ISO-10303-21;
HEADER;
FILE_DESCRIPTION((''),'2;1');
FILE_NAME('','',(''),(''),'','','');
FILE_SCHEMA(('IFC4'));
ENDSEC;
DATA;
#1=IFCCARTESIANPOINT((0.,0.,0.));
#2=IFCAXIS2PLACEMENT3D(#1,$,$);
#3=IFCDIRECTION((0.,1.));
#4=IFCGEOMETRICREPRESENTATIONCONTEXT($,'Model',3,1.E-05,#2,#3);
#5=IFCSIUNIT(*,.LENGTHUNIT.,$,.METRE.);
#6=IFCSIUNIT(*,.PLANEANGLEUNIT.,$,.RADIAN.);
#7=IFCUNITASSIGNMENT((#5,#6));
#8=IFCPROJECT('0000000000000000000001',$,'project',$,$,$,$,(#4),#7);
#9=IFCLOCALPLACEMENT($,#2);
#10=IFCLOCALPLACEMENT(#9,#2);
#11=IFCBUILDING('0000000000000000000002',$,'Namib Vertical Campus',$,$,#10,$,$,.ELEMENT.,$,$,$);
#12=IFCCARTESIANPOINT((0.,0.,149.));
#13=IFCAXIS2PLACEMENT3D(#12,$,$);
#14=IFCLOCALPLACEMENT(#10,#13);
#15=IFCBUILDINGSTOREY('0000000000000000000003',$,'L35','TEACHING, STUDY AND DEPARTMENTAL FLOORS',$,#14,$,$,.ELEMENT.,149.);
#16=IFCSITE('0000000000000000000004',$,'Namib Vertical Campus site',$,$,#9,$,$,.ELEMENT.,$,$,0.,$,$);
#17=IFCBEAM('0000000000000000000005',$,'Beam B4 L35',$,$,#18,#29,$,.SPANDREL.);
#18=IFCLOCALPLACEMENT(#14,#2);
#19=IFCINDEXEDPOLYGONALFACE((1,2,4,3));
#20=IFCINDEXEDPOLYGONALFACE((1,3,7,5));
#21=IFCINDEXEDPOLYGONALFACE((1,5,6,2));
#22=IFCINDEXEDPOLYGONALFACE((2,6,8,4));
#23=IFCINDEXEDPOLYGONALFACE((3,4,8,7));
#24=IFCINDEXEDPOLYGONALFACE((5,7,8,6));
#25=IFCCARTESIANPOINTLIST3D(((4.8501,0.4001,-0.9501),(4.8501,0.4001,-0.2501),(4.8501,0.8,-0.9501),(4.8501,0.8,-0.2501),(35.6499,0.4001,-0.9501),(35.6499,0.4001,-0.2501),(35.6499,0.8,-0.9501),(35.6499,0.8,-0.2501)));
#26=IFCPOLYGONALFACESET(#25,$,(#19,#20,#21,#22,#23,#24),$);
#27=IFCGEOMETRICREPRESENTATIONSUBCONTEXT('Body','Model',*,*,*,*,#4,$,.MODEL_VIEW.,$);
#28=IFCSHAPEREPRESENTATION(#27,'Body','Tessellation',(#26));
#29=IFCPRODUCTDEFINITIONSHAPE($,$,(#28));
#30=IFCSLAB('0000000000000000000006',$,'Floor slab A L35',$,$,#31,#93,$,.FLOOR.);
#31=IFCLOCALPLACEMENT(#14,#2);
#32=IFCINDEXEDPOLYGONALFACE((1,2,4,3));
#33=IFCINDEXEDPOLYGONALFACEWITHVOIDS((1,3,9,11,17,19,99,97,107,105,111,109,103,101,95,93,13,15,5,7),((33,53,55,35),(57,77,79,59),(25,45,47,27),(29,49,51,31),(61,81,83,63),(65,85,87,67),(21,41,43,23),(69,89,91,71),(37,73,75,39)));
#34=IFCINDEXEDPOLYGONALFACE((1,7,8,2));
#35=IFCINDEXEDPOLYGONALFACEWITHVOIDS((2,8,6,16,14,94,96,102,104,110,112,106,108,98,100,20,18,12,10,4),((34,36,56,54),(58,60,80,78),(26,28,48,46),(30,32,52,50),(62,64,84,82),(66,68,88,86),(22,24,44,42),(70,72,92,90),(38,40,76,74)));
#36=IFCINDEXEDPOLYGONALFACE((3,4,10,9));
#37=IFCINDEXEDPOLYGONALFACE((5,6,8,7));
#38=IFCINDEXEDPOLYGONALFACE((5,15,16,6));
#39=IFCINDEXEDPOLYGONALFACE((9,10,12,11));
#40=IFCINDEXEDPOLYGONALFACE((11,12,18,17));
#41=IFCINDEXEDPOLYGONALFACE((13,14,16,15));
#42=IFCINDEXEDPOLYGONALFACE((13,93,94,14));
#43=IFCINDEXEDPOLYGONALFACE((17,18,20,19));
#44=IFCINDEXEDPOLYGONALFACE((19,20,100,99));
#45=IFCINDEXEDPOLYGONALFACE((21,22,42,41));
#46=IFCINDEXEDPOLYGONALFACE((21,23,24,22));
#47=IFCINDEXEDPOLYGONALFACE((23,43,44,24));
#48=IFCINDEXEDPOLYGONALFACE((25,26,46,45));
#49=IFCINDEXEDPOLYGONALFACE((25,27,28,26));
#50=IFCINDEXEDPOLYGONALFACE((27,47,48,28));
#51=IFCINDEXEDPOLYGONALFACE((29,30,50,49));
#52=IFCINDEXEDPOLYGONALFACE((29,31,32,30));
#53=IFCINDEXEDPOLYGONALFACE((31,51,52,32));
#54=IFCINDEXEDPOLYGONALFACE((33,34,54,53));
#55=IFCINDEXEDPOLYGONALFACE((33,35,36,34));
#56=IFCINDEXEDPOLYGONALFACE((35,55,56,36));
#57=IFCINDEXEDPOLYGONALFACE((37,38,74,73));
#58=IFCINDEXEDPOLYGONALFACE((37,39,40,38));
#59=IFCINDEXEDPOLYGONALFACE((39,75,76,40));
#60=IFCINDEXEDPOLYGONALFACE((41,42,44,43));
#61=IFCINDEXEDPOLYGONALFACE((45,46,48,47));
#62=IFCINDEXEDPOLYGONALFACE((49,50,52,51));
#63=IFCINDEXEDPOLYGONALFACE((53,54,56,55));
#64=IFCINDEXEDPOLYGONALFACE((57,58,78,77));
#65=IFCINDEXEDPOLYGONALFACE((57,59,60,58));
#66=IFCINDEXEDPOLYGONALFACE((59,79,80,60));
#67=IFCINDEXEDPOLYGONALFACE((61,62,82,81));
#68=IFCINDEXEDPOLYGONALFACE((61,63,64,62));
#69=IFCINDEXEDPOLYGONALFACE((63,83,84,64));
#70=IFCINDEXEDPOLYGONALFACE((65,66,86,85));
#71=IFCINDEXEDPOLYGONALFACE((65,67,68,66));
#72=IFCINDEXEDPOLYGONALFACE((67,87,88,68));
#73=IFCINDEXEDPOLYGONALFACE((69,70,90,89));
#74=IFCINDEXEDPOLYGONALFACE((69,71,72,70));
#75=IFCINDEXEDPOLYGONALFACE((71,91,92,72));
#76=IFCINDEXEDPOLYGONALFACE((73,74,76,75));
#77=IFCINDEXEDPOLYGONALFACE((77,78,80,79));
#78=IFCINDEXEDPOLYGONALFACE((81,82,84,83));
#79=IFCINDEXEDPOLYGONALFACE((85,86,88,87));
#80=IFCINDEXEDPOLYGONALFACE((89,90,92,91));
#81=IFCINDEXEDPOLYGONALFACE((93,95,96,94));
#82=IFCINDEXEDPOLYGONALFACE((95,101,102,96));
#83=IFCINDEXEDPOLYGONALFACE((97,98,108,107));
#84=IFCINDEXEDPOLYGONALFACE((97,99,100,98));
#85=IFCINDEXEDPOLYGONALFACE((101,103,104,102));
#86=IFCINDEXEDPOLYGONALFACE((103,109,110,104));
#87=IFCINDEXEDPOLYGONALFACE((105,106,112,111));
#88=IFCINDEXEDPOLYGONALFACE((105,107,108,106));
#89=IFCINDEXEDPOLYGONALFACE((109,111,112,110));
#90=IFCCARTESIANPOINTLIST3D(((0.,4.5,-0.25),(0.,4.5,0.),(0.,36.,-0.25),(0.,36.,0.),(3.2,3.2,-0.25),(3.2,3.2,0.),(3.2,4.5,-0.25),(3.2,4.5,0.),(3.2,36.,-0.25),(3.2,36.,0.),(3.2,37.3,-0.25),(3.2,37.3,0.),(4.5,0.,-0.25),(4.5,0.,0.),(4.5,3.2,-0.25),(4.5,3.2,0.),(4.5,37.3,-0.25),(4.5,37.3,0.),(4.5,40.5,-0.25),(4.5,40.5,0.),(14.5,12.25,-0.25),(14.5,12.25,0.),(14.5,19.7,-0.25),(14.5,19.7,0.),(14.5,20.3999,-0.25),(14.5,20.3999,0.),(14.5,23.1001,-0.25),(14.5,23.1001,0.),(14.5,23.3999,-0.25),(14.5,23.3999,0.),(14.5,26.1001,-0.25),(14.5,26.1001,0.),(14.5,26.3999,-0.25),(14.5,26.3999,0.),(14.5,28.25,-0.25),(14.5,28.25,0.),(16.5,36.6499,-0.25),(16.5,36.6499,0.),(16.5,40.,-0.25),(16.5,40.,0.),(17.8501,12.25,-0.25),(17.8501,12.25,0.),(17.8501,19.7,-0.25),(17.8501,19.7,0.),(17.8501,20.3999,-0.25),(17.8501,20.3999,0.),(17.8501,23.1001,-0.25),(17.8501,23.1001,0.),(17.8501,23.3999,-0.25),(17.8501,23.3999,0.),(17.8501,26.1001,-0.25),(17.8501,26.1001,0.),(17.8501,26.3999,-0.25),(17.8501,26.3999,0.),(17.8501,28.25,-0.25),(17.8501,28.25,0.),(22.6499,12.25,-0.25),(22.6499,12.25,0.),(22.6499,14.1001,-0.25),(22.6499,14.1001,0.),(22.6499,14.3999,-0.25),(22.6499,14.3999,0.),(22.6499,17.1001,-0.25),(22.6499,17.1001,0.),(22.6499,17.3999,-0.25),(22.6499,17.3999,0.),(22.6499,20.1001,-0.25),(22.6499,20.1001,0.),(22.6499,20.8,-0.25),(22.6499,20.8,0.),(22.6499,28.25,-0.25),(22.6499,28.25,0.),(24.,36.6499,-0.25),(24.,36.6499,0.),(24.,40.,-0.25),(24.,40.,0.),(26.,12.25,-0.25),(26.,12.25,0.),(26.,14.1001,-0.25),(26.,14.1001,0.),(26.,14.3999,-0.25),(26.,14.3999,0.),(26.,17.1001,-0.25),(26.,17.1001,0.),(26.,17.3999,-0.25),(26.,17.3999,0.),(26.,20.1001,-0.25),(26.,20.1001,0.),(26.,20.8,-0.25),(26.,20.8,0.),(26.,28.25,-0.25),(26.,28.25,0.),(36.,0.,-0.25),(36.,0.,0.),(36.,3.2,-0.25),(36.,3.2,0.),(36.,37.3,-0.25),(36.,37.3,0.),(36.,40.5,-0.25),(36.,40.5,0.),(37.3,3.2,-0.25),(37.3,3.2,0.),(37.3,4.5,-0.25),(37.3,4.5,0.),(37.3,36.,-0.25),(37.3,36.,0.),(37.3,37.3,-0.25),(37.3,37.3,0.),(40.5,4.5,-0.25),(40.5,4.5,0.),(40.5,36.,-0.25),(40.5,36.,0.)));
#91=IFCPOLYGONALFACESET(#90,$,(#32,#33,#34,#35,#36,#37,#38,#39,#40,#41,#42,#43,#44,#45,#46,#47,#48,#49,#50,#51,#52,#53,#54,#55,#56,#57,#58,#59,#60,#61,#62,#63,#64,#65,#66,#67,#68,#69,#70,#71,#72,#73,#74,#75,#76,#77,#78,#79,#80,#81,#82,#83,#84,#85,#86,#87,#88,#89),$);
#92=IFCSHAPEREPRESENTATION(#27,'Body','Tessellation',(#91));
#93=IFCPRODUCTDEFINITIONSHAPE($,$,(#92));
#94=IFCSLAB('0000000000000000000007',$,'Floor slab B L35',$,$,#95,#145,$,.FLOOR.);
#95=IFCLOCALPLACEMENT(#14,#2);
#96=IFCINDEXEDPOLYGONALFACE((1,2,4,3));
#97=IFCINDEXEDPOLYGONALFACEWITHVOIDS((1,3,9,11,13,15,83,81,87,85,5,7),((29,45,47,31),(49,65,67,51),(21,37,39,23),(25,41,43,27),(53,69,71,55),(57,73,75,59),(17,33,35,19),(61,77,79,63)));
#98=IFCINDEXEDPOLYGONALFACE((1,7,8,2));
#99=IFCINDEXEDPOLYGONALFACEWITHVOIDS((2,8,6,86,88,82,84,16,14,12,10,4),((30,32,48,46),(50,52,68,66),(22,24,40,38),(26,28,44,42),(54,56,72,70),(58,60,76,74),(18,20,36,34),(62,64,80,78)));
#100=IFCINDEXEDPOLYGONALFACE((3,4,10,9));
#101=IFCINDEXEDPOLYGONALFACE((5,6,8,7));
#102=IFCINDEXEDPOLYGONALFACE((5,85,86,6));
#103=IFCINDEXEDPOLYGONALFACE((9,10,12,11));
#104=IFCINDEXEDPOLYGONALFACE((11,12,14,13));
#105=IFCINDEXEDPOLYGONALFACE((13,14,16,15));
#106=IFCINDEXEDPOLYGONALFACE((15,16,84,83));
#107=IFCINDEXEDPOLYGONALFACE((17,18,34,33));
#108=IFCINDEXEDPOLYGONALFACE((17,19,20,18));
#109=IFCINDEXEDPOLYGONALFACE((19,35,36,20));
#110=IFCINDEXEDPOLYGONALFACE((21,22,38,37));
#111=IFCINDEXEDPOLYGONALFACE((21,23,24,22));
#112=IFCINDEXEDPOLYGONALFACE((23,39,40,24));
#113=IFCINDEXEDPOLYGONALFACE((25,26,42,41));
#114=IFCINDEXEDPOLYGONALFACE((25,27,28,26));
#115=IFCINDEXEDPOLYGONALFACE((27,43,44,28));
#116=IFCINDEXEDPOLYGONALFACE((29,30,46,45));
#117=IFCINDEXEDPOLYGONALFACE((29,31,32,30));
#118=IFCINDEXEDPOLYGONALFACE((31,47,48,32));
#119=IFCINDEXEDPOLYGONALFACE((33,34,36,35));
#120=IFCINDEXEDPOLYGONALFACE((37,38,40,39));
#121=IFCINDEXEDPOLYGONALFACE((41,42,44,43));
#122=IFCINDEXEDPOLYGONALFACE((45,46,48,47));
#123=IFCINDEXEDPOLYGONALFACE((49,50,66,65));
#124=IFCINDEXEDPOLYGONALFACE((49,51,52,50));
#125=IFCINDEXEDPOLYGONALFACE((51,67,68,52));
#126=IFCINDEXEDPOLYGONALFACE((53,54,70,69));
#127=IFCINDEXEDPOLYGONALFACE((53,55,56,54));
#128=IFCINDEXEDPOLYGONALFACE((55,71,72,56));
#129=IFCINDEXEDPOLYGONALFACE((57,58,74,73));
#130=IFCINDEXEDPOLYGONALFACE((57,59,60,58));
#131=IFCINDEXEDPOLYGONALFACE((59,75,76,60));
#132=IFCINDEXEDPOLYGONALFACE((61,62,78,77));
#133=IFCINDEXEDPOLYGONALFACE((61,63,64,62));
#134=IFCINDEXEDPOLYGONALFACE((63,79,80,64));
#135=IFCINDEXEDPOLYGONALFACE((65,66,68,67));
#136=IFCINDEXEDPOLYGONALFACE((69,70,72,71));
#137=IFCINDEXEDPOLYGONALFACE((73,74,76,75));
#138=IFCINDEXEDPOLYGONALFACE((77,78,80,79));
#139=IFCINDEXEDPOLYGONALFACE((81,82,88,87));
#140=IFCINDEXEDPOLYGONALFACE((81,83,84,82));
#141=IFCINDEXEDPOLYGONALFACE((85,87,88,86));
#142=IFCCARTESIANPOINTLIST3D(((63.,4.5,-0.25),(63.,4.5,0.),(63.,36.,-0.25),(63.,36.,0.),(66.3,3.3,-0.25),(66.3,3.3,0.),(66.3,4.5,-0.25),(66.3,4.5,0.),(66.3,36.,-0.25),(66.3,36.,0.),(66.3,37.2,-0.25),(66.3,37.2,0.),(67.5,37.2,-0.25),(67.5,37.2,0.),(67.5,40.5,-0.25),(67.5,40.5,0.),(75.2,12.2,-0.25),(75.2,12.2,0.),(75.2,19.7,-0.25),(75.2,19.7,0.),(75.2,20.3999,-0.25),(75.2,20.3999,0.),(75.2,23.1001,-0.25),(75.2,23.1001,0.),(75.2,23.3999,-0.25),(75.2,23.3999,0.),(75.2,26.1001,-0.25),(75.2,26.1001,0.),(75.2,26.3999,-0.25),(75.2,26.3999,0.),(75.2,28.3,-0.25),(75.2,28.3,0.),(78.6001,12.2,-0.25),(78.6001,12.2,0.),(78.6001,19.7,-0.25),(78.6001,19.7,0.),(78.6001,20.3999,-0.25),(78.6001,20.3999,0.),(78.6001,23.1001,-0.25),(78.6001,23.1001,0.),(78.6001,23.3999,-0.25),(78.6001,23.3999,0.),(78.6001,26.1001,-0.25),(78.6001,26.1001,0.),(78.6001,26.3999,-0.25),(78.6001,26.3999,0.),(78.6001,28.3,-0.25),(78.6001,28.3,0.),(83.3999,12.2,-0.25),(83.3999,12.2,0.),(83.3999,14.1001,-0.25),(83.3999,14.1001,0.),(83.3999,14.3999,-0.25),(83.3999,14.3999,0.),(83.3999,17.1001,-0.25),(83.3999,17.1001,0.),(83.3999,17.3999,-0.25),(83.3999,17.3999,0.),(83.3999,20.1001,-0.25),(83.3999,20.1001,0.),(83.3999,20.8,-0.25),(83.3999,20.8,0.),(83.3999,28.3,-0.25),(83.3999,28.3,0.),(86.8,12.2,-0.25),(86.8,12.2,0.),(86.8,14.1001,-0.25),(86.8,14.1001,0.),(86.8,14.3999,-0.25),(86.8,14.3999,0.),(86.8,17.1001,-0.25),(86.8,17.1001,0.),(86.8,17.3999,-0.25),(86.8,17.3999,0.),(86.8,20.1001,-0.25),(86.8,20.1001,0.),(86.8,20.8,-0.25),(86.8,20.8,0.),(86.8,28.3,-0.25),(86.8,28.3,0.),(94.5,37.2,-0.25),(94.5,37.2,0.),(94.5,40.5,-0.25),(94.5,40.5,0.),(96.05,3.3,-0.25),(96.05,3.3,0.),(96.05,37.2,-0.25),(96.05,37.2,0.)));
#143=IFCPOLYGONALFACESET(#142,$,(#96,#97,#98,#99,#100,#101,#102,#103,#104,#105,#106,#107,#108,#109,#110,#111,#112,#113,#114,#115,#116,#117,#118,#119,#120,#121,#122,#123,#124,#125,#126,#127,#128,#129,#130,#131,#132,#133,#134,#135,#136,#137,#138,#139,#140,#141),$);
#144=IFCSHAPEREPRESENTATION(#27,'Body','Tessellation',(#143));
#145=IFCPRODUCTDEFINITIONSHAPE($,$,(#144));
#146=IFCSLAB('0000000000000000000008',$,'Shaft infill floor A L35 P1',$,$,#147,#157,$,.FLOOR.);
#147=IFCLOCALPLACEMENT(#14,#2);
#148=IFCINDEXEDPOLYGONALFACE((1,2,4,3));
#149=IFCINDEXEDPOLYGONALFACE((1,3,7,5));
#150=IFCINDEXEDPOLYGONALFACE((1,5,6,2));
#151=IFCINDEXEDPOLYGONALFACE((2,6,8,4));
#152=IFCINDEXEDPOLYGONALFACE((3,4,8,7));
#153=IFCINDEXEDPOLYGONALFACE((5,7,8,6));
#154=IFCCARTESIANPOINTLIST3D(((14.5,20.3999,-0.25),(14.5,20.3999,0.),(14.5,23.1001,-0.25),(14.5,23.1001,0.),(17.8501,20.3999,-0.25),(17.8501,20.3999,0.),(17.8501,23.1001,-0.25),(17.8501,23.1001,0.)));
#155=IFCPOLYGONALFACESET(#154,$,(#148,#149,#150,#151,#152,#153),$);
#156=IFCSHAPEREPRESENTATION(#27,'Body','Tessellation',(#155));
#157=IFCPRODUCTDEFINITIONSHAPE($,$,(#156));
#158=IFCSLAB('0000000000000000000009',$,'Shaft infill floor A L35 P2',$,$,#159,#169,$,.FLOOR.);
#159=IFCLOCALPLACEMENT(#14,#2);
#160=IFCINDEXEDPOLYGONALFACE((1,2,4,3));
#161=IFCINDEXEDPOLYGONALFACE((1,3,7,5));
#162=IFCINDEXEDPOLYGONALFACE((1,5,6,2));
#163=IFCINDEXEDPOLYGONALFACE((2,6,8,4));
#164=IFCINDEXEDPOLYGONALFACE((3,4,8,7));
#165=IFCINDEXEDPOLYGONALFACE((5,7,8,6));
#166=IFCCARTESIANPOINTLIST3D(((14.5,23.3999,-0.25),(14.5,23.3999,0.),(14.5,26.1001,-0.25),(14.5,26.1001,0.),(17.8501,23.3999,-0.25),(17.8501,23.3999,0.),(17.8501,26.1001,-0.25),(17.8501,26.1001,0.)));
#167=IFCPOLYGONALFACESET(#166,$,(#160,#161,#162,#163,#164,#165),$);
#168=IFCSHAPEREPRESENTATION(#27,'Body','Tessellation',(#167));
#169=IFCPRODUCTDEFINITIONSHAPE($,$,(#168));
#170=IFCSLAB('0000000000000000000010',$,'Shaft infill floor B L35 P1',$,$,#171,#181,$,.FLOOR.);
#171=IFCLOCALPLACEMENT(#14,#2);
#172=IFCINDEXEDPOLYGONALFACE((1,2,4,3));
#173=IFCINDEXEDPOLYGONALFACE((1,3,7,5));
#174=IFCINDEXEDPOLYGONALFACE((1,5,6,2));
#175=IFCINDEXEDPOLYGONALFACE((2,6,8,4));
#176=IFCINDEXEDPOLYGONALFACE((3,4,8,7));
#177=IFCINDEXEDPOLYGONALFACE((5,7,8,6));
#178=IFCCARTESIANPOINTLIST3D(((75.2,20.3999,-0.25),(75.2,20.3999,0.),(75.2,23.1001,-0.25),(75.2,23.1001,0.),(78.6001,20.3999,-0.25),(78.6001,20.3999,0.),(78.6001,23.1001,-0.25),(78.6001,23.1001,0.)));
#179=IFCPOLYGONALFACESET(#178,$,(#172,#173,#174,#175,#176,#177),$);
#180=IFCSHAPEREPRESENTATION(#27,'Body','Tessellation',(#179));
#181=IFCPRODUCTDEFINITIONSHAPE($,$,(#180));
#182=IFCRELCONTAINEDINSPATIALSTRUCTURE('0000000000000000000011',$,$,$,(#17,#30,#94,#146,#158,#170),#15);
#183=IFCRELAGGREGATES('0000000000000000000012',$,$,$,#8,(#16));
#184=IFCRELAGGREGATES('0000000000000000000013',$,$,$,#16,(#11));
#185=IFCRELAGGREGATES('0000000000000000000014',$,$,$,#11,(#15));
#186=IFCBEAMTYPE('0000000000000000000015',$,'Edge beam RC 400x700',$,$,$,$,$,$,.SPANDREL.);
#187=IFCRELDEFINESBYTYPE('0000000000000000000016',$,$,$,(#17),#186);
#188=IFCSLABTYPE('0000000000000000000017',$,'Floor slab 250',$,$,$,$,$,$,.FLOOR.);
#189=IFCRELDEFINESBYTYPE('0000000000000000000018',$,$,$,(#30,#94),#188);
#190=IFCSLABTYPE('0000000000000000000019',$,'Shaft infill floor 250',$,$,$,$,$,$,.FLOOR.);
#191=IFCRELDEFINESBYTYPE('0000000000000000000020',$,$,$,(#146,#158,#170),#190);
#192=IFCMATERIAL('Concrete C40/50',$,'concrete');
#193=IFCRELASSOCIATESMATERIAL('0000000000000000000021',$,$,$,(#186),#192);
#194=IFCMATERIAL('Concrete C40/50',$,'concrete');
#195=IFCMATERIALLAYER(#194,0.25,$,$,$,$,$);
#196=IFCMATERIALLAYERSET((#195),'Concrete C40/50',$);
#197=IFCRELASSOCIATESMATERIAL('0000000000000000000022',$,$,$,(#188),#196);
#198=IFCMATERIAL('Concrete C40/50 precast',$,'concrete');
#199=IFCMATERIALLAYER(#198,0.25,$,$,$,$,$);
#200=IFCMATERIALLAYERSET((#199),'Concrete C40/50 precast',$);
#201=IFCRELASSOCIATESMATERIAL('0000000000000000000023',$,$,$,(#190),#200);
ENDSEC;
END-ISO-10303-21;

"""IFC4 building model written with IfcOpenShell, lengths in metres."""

from ifc_helpers import new_model, si_unit, direction, frame, origin, origin_2d, place, context, subcontext, project, spatial, polyline, rectangle, outline, extrude, material, layer, layer_set, material_profile, profile_set, type_object, element, save


model = new_model("IFC4")

# Units and contexts
model_context = context("Model", 3, precision=1e-05, world=origin(), true_north=direction((0.0, 1.0)))
body_context = subcontext(model_context, "Body", "Model", "MODEL_VIEW")
ifc_project = project(units=[si_unit("LENGTHUNIT", "METRE"), si_unit("PLANEANGLEUNIT", "RADIAN")], contexts=[model_context])

# Site, building, storey
site_placement = place(None, origin())
site = spatial("IfcSite", under=ifc_project, at=site_placement, Name="Namib Vertical Campus site", CompositionType="ELEMENT", RefElevation=0.0)
building_placement = place(site_placement, origin())
building = spatial("IfcBuilding", under=site, at=building_placement, Name="Namib Vertical Campus", CompositionType="ELEMENT")
storey_placement = place(building_placement, frame((0.0, 0.0, 149.0)))
storey = spatial("IfcBuildingStorey", under=building, at=storey_placement, Name="L35", Description="TEACHING, STUDY AND DEPARTMENTAL FLOORS", CompositionType="ELEMENT", Elevation=149.0)

# Beam
ifc_material_1 = material(Name="Concrete C40/50", Category="concrete")
ifc_material_profile = material_profile(ifc_material_1, rectangle(XDim=0.3999, YDim=0.7, at=origin_2d()))
ifc_profile_set = profile_set([ifc_material_profile], Name="Concrete C40/50")
beam_type = type_object("IfcBeamType", Name="Edge beam RC 400x700", PredefinedType="SPANDREL", material=ifc_profile_set)
beam_placement = place(storey_placement, frame((4.8501, 0.6001, -0.6001), z_axis=(1.0, 0.0, 0.0), x_axis=(0.0, 1.0, 0.0)))
element("IfcBeam", 1, at=beam_placement, inside=storey, type_object=beam_type, Name="Beam B4 L35", PredefinedType="SPANDREL", context=body_context, shape_type="SweptSolid", body=[
    extrude(rectangle(XDim=0.3999, YDim=0.7, at=origin_2d()), origin(), (0.0, 0.0, 1.0), 30.7998),
])

# Slabs
ifc_material_2 = material(Name="Concrete C40/50", Category="concrete")
ifc_layer_1 = layer(ifc_material_2, 0.25)
ifc_layer_set_1 = layer_set([ifc_layer_1], Name="Concrete C40/50")
slab_type_1 = type_object("IfcSlabType", Name="Floor slab 250", PredefinedType="FLOOR", material=ifc_layer_set_1)
slab_1_placement = place(storey_placement, frame((0.0, 0.0, -0.25)))
element("IfcSlab", 2, at=slab_1_placement, inside=storey, type_object=slab_type_1, Name="Floor slab A L35", PredefinedType="FLOOR", context=body_context, shape_type="SweptSolid", body=[
    extrude(outline(polyline([(4.5, 0.0), (36.0, 0.0), (36.0, 3.2), (37.3, 3.2), (37.3, 4.5), (40.5, 4.5), (40.5, 36.0), (37.3, 36.0), (37.3, 37.3), (36.0, 37.3), (36.0, 40.5), (4.5, 40.5), (4.5, 37.3), (3.2, 37.3), (3.2, 36.0), (0.0, 36.0), (0.0, 4.5), (3.2, 4.5), (3.2, 3.2), (4.5, 3.2), (4.5, 0.0)]), holes=[polyline([(14.5, 12.25), (17.8501, 12.25), (17.8501, 19.7), (14.5, 19.7), (14.5, 12.25)]), polyline([(22.6499, 20.8), (26.0, 20.8), (26.0, 28.25), (22.6499, 28.25), (22.6499, 20.8)]), polyline([(22.6499, 12.25), (26.0, 12.25), (26.0, 14.1001), (22.6499, 14.1001), (22.6499, 12.25)]), polyline([(14.5, 20.3999), (17.8501, 20.3999), (17.8501, 23.1001), (14.5, 23.1001), (14.5, 20.3999)]), polyline([(14.5, 23.3999), (17.8501, 23.3999), (17.8501, 26.1001), (14.5, 26.1001), (14.5, 23.3999)]), polyline([(14.5, 26.3999), (17.8501, 26.3999), (17.8501, 28.25), (14.5, 28.25), (14.5, 26.3999)]), polyline([(22.6499, 14.3999), (26.0, 14.3999), (26.0, 17.1001), (22.6499, 17.1001), (22.6499, 14.3999)]), polyline([(22.6499, 17.3999), (26.0, 17.3999), (26.0, 20.1001), (22.6499, 20.1001), (22.6499, 17.3999)]), polyline([(16.5, 36.6499), (24.0, 36.6499), (24.0, 40.0), (16.5, 40.0), (16.5, 36.6499)])]), origin(), (0.0, 0.0, 1.0), 0.25),
])
slab_2_placement = place(storey_placement, frame((0.0, 0.0, -0.25)))
element("IfcSlab", 3, at=slab_2_placement, inside=storey, type_object=slab_type_1, Name="Floor slab B L35", PredefinedType="FLOOR", context=body_context, shape_type="SweptSolid", body=[
    extrude(outline(polyline([(63.0, 4.5), (66.3, 4.5), (66.3, 3.3), (96.05, 3.3), (96.05, 37.2), (94.5, 37.2), (94.5, 40.5), (67.5, 40.5), (67.5, 37.2), (66.3, 37.2), (66.3, 36.0), (63.0, 36.0), (63.0, 4.5)]), holes=[polyline([(75.2, 12.2), (78.6001, 12.2), (78.6001, 19.7), (75.2, 19.7), (75.2, 12.2)]), polyline([(83.3999, 20.8), (86.8, 20.8), (86.8, 28.3), (83.3999, 28.3), (83.3999, 20.8)]), polyline([(83.3999, 12.2), (86.8, 12.2), (86.8, 14.1001), (83.3999, 14.1001), (83.3999, 12.2)]), polyline([(75.2, 20.3999), (78.6001, 20.3999), (78.6001, 23.1001), (75.2, 23.1001), (75.2, 20.3999)]), polyline([(75.2, 23.3999), (78.6001, 23.3999), (78.6001, 26.1001), (75.2, 26.1001), (75.2, 23.3999)]), polyline([(75.2, 26.3999), (78.6001, 26.3999), (78.6001, 28.3), (75.2, 28.3), (75.2, 26.3999)]), polyline([(83.3999, 14.3999), (86.8, 14.3999), (86.8, 17.1001), (83.3999, 17.1001), (83.3999, 14.3999)]), polyline([(83.3999, 17.3999), (86.8, 17.3999), (86.8, 20.1001), (83.3999, 20.1001), (83.3999, 17.3999)])]), origin(), (0.0, 0.0, 1.0), 0.25),
])
ifc_material_3 = material(Name="Concrete C40/50 precast", Category="concrete")
ifc_layer_2 = layer(ifc_material_3, 0.25)
ifc_layer_set_2 = layer_set([ifc_layer_2], Name="Concrete C40/50 precast")
slab_type_2 = type_object("IfcSlabType", Name="Shaft infill floor 250", PredefinedType="FLOOR", material=ifc_layer_set_2)
slab_3_placement = place(storey_placement, frame((0.0, 0.0, -0.25)))
element("IfcSlab", 4, at=slab_3_placement, inside=storey, type_object=slab_type_2, Name="Shaft infill floor A L35 P1", PredefinedType="FLOOR", context=body_context, shape_type="SweptSolid", body=[
    extrude(outline(polyline([(14.5, 20.3999), (17.8501, 20.3999), (17.8501, 23.1001), (14.5, 23.1001), (14.5, 20.3999)])), origin(), (0.0, 0.0, 1.0), 0.25),
])
slab_4_placement = place(storey_placement, frame((0.0, 0.0, -0.25)))
element("IfcSlab", 5, at=slab_4_placement, inside=storey, type_object=slab_type_2, Name="Shaft infill floor A L35 P2", PredefinedType="FLOOR", context=body_context, shape_type="SweptSolid", body=[
    extrude(outline(polyline([(14.5, 23.3999), (17.8501, 23.3999), (17.8501, 26.1001), (14.5, 26.1001), (14.5, 23.3999)])), origin(), (0.0, 0.0, 1.0), 0.25),
])
slab_5_placement = place(storey_placement, frame((0.0, 0.0, -0.25)))
element("IfcSlab", 6, at=slab_5_placement, inside=storey, type_object=slab_type_2, Name="Shaft infill floor B L35 P1", PredefinedType="FLOOR", context=body_context, shape_type="SweptSolid", body=[
    extrude(outline(polyline([(75.2, 20.3999), (78.6001, 20.3999), (78.6001, 23.1001), (75.2, 23.1001), (75.2, 20.3999)])), origin(), (0.0, 0.0, 1.0), 0.25),
])

save(model, "model.ifc")
